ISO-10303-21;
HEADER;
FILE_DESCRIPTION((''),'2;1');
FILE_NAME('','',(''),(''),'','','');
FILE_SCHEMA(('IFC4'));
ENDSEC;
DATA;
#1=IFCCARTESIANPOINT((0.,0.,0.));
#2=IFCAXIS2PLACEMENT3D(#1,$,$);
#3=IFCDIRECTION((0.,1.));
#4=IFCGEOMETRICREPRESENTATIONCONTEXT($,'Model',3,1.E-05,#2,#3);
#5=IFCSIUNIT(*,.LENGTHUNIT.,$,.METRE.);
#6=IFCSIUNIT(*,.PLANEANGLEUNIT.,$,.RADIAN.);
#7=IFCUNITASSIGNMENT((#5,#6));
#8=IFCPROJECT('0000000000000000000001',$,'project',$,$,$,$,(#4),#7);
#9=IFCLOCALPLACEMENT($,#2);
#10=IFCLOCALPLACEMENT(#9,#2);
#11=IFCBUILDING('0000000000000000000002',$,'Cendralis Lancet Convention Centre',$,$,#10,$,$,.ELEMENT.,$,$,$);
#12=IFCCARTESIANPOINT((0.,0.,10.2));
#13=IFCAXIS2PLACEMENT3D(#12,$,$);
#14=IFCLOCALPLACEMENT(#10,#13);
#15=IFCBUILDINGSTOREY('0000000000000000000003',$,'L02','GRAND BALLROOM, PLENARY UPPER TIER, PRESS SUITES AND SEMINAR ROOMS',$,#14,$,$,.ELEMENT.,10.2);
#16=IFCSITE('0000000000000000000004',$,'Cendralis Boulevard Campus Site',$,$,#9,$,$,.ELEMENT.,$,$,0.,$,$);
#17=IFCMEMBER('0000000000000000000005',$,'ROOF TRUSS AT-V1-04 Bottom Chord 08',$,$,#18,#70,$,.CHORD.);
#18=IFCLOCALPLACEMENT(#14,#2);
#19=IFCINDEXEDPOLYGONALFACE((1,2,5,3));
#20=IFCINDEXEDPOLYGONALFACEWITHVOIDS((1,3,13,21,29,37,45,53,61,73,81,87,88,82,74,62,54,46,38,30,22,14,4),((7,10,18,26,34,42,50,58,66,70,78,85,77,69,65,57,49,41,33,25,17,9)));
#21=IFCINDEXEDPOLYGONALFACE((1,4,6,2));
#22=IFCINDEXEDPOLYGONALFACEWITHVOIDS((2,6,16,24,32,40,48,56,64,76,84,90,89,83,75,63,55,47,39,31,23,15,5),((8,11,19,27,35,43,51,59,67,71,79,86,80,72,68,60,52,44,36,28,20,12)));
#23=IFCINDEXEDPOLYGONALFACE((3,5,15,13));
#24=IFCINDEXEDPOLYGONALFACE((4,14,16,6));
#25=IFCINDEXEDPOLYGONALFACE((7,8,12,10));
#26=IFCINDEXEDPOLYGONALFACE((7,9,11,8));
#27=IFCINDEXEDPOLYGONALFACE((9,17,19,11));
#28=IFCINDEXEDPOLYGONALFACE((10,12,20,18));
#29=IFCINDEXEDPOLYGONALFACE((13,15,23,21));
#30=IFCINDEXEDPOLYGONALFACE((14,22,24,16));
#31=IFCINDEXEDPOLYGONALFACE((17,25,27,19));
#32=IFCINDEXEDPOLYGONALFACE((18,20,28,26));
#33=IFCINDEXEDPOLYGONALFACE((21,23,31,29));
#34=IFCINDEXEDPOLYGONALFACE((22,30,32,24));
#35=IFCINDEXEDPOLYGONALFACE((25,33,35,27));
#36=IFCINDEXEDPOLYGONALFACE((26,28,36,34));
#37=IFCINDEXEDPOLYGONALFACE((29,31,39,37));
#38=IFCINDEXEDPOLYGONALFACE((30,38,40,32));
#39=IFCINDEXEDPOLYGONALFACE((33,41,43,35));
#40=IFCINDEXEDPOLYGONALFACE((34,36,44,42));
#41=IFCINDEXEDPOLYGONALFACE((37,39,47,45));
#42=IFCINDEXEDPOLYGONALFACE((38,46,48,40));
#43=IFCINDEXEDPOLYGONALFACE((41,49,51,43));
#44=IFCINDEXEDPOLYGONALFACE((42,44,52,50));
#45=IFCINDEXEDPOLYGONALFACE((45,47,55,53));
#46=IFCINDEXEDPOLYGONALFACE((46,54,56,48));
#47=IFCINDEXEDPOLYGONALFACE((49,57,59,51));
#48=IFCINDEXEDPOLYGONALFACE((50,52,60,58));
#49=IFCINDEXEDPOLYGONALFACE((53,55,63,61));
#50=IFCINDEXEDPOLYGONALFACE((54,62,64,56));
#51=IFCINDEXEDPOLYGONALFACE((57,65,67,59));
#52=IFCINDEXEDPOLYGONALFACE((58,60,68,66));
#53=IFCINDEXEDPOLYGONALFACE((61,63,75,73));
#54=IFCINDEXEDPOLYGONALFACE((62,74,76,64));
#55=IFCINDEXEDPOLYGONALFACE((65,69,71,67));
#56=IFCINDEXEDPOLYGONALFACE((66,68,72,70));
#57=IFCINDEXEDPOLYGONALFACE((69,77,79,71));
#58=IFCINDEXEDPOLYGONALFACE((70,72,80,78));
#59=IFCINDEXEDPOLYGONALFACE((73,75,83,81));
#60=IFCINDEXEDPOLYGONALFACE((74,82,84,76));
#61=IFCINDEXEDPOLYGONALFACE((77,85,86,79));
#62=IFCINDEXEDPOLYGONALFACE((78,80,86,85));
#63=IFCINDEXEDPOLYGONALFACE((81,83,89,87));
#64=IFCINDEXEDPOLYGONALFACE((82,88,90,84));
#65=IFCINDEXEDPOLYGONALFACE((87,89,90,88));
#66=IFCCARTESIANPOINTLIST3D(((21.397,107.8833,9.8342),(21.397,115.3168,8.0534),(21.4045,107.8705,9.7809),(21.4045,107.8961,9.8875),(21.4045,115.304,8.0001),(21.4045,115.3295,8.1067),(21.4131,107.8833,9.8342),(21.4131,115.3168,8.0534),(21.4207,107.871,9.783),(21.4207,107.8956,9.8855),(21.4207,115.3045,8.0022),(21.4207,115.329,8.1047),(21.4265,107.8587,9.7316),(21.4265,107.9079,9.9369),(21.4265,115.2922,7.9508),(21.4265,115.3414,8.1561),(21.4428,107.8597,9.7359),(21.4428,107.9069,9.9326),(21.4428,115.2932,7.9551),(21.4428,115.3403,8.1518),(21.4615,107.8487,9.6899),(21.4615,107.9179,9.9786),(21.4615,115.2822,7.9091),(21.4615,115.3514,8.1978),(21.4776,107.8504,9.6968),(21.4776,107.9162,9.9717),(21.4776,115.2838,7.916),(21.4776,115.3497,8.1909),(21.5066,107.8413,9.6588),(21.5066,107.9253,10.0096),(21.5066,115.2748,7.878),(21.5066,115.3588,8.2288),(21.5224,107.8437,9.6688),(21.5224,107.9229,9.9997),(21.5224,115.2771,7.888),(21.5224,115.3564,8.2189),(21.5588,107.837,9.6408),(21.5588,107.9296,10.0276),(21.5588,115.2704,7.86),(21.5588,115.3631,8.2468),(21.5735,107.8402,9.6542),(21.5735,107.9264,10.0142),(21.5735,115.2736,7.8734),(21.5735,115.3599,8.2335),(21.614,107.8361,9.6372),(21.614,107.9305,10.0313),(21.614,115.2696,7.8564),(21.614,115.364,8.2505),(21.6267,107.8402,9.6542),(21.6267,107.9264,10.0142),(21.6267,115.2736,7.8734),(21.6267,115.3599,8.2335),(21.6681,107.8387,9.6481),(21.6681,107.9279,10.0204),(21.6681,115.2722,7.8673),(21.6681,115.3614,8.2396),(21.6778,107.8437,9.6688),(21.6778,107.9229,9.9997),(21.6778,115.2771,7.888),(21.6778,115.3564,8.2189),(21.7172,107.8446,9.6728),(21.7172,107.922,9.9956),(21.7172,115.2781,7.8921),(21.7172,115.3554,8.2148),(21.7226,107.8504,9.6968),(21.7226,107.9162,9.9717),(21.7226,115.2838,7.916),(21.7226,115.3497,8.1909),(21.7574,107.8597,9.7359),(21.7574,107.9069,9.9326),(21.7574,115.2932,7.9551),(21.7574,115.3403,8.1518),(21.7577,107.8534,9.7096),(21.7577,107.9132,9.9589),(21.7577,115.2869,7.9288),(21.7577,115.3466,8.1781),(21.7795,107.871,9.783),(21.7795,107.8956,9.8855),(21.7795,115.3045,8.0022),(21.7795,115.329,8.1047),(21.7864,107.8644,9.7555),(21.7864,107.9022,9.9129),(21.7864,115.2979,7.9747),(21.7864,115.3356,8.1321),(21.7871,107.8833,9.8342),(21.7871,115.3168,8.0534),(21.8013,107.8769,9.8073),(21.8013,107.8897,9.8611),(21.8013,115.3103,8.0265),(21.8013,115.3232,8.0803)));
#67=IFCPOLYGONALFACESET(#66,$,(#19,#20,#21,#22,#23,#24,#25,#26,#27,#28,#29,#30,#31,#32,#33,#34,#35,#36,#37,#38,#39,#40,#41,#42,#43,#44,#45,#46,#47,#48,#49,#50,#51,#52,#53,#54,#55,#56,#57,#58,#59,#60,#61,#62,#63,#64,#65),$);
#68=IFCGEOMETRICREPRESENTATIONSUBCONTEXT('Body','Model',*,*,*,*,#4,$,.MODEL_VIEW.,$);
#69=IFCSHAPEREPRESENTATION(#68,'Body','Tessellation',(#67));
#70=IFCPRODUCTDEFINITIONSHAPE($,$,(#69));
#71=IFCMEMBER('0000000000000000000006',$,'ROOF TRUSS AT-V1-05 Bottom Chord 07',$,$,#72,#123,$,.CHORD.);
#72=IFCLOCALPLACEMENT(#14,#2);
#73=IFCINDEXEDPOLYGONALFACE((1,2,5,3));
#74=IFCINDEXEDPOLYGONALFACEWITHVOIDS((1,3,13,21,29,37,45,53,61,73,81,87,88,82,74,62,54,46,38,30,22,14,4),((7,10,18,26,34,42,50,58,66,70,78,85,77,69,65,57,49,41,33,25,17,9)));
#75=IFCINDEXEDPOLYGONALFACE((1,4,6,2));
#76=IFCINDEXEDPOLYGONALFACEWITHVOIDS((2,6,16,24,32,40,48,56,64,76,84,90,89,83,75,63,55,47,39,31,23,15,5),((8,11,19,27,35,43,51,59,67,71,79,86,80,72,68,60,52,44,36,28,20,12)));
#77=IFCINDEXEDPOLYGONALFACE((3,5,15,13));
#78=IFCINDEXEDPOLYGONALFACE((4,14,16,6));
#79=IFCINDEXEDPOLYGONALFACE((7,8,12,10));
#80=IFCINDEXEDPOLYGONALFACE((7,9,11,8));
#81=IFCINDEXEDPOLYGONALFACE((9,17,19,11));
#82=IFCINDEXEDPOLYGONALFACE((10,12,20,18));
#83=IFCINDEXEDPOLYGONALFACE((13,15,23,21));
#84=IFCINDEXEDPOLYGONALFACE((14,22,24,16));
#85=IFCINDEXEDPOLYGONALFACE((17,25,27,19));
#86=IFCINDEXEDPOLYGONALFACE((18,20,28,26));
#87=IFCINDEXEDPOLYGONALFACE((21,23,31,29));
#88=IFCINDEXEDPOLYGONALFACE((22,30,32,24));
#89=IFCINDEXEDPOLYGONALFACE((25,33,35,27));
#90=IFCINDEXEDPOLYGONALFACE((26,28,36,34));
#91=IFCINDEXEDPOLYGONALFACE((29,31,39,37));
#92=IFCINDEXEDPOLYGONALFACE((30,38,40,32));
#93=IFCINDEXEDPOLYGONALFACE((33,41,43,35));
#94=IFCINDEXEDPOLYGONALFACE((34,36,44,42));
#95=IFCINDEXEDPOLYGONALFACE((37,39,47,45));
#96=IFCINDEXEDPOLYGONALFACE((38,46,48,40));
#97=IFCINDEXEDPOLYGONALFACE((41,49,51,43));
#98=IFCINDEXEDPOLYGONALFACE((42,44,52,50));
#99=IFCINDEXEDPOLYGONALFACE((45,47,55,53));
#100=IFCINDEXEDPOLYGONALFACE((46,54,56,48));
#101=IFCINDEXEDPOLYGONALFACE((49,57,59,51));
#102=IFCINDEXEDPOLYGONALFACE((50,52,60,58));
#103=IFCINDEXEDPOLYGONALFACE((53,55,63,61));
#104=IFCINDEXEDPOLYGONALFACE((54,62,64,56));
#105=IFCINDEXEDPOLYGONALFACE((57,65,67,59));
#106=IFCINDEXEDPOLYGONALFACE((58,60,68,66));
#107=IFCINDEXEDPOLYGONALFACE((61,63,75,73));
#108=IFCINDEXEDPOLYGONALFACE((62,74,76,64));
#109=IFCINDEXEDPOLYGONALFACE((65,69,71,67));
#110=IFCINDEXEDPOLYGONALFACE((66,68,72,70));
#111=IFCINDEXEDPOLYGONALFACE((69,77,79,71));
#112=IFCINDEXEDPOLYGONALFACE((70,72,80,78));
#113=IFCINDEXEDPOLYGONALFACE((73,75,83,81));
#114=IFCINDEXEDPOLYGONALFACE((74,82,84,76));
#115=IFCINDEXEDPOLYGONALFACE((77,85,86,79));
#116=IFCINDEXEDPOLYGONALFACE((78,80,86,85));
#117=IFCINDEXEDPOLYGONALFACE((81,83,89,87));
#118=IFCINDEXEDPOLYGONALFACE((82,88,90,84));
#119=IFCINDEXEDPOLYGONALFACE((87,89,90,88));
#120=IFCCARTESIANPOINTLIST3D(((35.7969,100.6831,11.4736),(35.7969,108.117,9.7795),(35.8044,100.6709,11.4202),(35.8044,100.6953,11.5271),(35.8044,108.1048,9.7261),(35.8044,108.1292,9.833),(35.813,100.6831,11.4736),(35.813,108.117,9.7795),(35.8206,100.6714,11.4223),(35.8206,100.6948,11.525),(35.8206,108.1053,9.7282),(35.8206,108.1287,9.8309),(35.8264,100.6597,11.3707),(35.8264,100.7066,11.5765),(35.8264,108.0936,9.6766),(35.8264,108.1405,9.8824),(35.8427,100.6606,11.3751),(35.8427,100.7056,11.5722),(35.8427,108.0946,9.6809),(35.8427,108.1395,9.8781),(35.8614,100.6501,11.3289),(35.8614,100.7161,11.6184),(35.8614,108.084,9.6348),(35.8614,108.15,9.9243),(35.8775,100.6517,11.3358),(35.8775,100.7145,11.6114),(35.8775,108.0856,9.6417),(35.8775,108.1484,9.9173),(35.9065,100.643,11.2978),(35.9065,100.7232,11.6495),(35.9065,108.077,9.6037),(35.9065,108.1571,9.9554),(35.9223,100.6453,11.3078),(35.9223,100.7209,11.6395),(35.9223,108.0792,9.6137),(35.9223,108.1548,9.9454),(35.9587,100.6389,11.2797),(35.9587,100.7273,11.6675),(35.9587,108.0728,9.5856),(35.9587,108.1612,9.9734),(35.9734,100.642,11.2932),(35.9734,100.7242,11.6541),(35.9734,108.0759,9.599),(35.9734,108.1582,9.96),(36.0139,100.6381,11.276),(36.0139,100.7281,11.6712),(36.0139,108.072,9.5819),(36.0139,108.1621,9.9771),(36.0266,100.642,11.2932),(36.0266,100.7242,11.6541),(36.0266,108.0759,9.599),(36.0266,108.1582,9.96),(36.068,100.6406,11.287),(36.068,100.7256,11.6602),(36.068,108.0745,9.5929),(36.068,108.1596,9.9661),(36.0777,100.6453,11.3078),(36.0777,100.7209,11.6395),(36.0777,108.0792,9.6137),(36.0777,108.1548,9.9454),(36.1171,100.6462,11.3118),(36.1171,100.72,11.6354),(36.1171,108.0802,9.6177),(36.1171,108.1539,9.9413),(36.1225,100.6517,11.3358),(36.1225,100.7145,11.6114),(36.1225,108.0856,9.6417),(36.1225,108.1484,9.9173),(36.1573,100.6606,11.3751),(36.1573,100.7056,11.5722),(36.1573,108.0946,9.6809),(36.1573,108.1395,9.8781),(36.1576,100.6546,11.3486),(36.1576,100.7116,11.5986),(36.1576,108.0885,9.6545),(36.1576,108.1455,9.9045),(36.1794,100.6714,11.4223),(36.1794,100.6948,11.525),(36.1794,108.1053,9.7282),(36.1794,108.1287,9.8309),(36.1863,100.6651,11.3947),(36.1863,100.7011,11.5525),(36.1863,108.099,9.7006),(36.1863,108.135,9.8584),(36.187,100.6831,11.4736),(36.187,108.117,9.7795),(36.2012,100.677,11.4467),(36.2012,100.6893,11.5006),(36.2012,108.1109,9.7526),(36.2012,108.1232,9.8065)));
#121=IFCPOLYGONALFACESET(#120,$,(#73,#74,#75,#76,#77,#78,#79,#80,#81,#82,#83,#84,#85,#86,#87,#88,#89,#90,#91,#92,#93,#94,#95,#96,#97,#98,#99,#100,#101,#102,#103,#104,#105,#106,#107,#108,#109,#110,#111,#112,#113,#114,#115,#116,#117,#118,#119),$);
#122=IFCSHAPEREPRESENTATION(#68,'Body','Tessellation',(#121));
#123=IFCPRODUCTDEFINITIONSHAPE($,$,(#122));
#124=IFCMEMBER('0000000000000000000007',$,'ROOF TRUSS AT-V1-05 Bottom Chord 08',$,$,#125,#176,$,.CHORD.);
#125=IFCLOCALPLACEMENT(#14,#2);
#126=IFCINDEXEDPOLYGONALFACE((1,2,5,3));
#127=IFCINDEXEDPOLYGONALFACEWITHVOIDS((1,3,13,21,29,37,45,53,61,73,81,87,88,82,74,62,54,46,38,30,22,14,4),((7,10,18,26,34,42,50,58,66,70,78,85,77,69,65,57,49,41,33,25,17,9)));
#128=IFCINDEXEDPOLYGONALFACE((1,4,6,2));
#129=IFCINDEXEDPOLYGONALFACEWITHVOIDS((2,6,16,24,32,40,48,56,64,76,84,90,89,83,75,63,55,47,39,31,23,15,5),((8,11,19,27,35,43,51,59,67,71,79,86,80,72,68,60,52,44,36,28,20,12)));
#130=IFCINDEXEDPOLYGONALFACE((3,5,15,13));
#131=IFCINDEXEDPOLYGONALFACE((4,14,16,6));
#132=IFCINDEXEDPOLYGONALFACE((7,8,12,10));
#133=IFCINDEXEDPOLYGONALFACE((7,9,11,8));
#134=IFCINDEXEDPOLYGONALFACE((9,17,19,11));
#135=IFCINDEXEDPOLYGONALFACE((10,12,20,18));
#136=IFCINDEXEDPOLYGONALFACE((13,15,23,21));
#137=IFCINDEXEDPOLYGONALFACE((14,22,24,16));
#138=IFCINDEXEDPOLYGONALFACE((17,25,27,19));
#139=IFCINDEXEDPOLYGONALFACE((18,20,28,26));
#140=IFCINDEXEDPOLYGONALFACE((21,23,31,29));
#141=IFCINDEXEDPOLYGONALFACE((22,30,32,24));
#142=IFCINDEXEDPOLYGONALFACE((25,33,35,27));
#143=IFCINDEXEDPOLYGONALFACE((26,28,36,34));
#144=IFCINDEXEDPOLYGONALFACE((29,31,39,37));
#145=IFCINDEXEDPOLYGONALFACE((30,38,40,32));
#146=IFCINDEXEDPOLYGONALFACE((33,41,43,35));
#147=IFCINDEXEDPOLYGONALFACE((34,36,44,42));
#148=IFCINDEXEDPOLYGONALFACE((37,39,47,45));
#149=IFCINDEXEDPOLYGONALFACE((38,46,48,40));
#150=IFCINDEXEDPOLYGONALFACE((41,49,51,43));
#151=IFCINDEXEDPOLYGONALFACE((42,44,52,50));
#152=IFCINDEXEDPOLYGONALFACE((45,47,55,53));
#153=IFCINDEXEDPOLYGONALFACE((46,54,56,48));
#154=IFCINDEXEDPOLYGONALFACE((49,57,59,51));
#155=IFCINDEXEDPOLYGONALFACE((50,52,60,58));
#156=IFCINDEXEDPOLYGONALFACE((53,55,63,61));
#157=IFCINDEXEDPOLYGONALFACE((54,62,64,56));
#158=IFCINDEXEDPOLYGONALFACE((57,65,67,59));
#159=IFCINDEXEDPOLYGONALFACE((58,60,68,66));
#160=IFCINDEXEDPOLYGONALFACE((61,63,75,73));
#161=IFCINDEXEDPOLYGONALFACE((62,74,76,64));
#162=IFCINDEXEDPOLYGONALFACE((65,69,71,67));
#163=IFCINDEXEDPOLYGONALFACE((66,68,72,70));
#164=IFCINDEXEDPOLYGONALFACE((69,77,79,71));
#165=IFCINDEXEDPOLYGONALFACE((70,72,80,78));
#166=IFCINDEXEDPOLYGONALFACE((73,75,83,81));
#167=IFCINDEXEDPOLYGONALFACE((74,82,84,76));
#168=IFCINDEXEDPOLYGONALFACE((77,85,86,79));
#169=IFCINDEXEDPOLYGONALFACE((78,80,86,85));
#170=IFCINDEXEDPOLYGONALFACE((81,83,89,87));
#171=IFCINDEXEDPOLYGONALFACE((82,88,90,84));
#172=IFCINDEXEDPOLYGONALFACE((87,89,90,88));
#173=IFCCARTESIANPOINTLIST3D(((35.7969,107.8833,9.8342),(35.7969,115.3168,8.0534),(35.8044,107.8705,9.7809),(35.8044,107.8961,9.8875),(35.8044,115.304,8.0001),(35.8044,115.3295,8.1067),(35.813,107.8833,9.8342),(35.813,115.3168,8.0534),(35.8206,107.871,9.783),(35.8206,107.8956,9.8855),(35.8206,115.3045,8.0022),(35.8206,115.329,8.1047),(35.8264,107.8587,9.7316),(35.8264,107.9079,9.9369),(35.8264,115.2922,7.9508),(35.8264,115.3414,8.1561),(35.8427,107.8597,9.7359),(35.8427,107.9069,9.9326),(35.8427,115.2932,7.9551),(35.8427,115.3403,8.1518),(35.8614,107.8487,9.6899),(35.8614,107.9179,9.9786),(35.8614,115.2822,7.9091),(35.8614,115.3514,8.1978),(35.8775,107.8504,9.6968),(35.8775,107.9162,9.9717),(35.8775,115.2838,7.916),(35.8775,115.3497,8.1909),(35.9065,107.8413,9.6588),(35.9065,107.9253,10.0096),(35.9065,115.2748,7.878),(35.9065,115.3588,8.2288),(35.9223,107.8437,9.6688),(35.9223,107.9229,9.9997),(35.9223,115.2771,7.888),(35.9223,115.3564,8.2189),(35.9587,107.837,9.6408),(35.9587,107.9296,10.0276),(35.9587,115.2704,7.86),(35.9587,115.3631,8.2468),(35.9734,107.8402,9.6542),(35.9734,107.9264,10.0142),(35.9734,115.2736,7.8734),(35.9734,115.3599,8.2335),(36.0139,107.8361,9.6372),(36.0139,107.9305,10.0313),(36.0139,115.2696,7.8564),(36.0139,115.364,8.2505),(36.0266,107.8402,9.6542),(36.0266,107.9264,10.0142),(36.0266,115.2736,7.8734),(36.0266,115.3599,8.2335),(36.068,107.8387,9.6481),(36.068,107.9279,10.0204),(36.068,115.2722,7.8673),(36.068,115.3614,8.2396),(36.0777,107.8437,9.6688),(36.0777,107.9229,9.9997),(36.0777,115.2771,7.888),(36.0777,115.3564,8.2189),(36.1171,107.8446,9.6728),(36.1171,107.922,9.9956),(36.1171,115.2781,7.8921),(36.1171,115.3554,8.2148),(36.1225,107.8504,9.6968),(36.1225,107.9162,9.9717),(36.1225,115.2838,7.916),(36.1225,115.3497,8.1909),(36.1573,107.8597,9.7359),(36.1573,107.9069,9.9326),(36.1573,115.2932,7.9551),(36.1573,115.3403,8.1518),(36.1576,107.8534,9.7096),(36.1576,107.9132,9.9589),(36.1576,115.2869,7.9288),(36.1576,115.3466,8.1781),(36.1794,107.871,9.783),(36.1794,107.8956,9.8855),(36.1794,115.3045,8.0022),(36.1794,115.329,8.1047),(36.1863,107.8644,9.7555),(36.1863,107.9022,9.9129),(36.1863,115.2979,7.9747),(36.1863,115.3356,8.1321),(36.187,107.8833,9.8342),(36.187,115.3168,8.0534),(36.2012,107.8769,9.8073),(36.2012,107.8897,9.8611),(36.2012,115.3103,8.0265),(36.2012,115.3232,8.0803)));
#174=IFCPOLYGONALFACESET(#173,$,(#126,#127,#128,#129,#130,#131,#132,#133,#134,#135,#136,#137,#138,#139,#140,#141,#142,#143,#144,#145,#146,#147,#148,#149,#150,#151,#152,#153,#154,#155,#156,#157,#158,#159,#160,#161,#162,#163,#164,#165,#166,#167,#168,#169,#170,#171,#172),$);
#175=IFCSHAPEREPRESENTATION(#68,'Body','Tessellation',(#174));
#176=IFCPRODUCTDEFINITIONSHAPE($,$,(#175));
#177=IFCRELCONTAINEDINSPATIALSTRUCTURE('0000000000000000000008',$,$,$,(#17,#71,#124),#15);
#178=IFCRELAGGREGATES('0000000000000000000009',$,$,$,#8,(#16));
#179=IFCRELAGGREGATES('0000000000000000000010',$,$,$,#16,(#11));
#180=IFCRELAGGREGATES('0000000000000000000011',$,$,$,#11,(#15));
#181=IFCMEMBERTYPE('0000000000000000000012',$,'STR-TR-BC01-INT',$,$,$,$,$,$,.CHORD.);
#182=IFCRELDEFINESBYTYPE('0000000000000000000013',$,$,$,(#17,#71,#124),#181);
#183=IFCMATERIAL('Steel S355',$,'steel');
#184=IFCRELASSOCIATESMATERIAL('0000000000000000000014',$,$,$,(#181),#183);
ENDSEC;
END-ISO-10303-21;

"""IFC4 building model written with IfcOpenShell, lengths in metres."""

from ifc_helpers import new_model, si_unit, direction, frame, origin, origin_2d, place, context, subcontext, project, spatial, hollow_circle, extrude, material, material_profile, profile_set, type_object, element, save


model = new_model("IFC4")

# Units and contexts
model_context = context("Model", 3, precision=1e-05, world=origin(), true_north=direction((0.0, 1.0)))
body_context = subcontext(model_context, "Body", "Model", "MODEL_VIEW")
ifc_project = project(units=[si_unit("LENGTHUNIT", "METRE"), si_unit("PLANEANGLEUNIT", "RADIAN")], contexts=[model_context])

# Site, building, storey
site_placement = place(None, origin())
site = spatial("IfcSite", under=ifc_project, at=site_placement, Name="Cendralis Boulevard Campus Site", CompositionType="ELEMENT", RefElevation=0.0)
building_placement = place(site_placement, origin())
building = spatial("IfcBuilding", under=site, at=building_placement, Name="Cendralis Lancet Convention Centre", CompositionType="ELEMENT")
storey_placement = place(building_placement, frame((0.0, 0.0, 10.2)))
storey = spatial("IfcBuildingStorey", under=building, at=storey_placement, Name="L02", Description="GRAND BALLROOM, PLENARY UPPER TIER, PRESS SUITES AND SEMINAR ROOMS", CompositionType="ELEMENT", Elevation=10.2)

# Members
ifc_material = material(Name="Steel S355", Category="steel")
ifc_material_profile_1 = material_profile(ifc_material, hollow_circle(Radius=0.2031, WallThickness=0.0161, at=origin_2d()), Name="CHS 406.4x16.0")
ifc_profile_set_1 = profile_set([ifc_material_profile_1], Name="Steel S355")
member_type_1 = type_object("IfcMemberType", Name="STR-TR-BC01-INT", PredefinedType="CHORD", material=ifc_profile_set_1)
member_1_placement = place(storey_placement, frame((21.6001, 107.8833, 9.8342), z_axis=(0.0, 0.972483, -0.232972), x_axis=(-1.0, 0.0, 0.0)))
element("IfcMember", 1, at=member_1_placement, inside=storey, type_object=member_type_1, Name="ROOF TRUSS AT-V1-04 Bottom Chord 08", PredefinedType="CHORD", context=body_context, shape_type="SweptSolid", body=[
    extrude(hollow_circle(Radius=0.2031, WallThickness=0.0161, at=origin_2d()), origin(), (0.0, 0.0, 1.0), 7.6438),
])
member_2_placement = place(storey_placement, frame((36.0, 100.6831, 11.4736), z_axis=(0.0, 0.975003, -0.222193), x_axis=(-1.0, 0.0, 0.0)))
element("IfcMember", 2, at=member_2_placement, inside=storey, type_object=member_type_1, Name="ROOF TRUSS AT-V1-05 Bottom Chord 07", PredefinedType="CHORD", context=body_context, shape_type="SweptSolid", body=[
    extrude(hollow_circle(Radius=0.2031, WallThickness=0.0161, at=origin_2d()), origin(), (0.0, 0.0, 1.0), 7.6245),
])
member_3_placement = place(storey_placement, frame((36.0, 107.8833, 9.8342), z_axis=(0.0, 0.972483, -0.232972), x_axis=(-1.0, 0.0, 0.0)))
element("IfcMember", 3, at=member_3_placement, inside=storey, type_object=member_type_1, Name="ROOF TRUSS AT-V1-05 Bottom Chord 08", PredefinedType="CHORD", context=body_context, shape_type="SweptSolid", body=[
    extrude(hollow_circle(Radius=0.2031, WallThickness=0.0161, at=origin_2d()), origin(), (0.0, 0.0, 1.0), 7.6438),
])

save(model, "model.ifc")
